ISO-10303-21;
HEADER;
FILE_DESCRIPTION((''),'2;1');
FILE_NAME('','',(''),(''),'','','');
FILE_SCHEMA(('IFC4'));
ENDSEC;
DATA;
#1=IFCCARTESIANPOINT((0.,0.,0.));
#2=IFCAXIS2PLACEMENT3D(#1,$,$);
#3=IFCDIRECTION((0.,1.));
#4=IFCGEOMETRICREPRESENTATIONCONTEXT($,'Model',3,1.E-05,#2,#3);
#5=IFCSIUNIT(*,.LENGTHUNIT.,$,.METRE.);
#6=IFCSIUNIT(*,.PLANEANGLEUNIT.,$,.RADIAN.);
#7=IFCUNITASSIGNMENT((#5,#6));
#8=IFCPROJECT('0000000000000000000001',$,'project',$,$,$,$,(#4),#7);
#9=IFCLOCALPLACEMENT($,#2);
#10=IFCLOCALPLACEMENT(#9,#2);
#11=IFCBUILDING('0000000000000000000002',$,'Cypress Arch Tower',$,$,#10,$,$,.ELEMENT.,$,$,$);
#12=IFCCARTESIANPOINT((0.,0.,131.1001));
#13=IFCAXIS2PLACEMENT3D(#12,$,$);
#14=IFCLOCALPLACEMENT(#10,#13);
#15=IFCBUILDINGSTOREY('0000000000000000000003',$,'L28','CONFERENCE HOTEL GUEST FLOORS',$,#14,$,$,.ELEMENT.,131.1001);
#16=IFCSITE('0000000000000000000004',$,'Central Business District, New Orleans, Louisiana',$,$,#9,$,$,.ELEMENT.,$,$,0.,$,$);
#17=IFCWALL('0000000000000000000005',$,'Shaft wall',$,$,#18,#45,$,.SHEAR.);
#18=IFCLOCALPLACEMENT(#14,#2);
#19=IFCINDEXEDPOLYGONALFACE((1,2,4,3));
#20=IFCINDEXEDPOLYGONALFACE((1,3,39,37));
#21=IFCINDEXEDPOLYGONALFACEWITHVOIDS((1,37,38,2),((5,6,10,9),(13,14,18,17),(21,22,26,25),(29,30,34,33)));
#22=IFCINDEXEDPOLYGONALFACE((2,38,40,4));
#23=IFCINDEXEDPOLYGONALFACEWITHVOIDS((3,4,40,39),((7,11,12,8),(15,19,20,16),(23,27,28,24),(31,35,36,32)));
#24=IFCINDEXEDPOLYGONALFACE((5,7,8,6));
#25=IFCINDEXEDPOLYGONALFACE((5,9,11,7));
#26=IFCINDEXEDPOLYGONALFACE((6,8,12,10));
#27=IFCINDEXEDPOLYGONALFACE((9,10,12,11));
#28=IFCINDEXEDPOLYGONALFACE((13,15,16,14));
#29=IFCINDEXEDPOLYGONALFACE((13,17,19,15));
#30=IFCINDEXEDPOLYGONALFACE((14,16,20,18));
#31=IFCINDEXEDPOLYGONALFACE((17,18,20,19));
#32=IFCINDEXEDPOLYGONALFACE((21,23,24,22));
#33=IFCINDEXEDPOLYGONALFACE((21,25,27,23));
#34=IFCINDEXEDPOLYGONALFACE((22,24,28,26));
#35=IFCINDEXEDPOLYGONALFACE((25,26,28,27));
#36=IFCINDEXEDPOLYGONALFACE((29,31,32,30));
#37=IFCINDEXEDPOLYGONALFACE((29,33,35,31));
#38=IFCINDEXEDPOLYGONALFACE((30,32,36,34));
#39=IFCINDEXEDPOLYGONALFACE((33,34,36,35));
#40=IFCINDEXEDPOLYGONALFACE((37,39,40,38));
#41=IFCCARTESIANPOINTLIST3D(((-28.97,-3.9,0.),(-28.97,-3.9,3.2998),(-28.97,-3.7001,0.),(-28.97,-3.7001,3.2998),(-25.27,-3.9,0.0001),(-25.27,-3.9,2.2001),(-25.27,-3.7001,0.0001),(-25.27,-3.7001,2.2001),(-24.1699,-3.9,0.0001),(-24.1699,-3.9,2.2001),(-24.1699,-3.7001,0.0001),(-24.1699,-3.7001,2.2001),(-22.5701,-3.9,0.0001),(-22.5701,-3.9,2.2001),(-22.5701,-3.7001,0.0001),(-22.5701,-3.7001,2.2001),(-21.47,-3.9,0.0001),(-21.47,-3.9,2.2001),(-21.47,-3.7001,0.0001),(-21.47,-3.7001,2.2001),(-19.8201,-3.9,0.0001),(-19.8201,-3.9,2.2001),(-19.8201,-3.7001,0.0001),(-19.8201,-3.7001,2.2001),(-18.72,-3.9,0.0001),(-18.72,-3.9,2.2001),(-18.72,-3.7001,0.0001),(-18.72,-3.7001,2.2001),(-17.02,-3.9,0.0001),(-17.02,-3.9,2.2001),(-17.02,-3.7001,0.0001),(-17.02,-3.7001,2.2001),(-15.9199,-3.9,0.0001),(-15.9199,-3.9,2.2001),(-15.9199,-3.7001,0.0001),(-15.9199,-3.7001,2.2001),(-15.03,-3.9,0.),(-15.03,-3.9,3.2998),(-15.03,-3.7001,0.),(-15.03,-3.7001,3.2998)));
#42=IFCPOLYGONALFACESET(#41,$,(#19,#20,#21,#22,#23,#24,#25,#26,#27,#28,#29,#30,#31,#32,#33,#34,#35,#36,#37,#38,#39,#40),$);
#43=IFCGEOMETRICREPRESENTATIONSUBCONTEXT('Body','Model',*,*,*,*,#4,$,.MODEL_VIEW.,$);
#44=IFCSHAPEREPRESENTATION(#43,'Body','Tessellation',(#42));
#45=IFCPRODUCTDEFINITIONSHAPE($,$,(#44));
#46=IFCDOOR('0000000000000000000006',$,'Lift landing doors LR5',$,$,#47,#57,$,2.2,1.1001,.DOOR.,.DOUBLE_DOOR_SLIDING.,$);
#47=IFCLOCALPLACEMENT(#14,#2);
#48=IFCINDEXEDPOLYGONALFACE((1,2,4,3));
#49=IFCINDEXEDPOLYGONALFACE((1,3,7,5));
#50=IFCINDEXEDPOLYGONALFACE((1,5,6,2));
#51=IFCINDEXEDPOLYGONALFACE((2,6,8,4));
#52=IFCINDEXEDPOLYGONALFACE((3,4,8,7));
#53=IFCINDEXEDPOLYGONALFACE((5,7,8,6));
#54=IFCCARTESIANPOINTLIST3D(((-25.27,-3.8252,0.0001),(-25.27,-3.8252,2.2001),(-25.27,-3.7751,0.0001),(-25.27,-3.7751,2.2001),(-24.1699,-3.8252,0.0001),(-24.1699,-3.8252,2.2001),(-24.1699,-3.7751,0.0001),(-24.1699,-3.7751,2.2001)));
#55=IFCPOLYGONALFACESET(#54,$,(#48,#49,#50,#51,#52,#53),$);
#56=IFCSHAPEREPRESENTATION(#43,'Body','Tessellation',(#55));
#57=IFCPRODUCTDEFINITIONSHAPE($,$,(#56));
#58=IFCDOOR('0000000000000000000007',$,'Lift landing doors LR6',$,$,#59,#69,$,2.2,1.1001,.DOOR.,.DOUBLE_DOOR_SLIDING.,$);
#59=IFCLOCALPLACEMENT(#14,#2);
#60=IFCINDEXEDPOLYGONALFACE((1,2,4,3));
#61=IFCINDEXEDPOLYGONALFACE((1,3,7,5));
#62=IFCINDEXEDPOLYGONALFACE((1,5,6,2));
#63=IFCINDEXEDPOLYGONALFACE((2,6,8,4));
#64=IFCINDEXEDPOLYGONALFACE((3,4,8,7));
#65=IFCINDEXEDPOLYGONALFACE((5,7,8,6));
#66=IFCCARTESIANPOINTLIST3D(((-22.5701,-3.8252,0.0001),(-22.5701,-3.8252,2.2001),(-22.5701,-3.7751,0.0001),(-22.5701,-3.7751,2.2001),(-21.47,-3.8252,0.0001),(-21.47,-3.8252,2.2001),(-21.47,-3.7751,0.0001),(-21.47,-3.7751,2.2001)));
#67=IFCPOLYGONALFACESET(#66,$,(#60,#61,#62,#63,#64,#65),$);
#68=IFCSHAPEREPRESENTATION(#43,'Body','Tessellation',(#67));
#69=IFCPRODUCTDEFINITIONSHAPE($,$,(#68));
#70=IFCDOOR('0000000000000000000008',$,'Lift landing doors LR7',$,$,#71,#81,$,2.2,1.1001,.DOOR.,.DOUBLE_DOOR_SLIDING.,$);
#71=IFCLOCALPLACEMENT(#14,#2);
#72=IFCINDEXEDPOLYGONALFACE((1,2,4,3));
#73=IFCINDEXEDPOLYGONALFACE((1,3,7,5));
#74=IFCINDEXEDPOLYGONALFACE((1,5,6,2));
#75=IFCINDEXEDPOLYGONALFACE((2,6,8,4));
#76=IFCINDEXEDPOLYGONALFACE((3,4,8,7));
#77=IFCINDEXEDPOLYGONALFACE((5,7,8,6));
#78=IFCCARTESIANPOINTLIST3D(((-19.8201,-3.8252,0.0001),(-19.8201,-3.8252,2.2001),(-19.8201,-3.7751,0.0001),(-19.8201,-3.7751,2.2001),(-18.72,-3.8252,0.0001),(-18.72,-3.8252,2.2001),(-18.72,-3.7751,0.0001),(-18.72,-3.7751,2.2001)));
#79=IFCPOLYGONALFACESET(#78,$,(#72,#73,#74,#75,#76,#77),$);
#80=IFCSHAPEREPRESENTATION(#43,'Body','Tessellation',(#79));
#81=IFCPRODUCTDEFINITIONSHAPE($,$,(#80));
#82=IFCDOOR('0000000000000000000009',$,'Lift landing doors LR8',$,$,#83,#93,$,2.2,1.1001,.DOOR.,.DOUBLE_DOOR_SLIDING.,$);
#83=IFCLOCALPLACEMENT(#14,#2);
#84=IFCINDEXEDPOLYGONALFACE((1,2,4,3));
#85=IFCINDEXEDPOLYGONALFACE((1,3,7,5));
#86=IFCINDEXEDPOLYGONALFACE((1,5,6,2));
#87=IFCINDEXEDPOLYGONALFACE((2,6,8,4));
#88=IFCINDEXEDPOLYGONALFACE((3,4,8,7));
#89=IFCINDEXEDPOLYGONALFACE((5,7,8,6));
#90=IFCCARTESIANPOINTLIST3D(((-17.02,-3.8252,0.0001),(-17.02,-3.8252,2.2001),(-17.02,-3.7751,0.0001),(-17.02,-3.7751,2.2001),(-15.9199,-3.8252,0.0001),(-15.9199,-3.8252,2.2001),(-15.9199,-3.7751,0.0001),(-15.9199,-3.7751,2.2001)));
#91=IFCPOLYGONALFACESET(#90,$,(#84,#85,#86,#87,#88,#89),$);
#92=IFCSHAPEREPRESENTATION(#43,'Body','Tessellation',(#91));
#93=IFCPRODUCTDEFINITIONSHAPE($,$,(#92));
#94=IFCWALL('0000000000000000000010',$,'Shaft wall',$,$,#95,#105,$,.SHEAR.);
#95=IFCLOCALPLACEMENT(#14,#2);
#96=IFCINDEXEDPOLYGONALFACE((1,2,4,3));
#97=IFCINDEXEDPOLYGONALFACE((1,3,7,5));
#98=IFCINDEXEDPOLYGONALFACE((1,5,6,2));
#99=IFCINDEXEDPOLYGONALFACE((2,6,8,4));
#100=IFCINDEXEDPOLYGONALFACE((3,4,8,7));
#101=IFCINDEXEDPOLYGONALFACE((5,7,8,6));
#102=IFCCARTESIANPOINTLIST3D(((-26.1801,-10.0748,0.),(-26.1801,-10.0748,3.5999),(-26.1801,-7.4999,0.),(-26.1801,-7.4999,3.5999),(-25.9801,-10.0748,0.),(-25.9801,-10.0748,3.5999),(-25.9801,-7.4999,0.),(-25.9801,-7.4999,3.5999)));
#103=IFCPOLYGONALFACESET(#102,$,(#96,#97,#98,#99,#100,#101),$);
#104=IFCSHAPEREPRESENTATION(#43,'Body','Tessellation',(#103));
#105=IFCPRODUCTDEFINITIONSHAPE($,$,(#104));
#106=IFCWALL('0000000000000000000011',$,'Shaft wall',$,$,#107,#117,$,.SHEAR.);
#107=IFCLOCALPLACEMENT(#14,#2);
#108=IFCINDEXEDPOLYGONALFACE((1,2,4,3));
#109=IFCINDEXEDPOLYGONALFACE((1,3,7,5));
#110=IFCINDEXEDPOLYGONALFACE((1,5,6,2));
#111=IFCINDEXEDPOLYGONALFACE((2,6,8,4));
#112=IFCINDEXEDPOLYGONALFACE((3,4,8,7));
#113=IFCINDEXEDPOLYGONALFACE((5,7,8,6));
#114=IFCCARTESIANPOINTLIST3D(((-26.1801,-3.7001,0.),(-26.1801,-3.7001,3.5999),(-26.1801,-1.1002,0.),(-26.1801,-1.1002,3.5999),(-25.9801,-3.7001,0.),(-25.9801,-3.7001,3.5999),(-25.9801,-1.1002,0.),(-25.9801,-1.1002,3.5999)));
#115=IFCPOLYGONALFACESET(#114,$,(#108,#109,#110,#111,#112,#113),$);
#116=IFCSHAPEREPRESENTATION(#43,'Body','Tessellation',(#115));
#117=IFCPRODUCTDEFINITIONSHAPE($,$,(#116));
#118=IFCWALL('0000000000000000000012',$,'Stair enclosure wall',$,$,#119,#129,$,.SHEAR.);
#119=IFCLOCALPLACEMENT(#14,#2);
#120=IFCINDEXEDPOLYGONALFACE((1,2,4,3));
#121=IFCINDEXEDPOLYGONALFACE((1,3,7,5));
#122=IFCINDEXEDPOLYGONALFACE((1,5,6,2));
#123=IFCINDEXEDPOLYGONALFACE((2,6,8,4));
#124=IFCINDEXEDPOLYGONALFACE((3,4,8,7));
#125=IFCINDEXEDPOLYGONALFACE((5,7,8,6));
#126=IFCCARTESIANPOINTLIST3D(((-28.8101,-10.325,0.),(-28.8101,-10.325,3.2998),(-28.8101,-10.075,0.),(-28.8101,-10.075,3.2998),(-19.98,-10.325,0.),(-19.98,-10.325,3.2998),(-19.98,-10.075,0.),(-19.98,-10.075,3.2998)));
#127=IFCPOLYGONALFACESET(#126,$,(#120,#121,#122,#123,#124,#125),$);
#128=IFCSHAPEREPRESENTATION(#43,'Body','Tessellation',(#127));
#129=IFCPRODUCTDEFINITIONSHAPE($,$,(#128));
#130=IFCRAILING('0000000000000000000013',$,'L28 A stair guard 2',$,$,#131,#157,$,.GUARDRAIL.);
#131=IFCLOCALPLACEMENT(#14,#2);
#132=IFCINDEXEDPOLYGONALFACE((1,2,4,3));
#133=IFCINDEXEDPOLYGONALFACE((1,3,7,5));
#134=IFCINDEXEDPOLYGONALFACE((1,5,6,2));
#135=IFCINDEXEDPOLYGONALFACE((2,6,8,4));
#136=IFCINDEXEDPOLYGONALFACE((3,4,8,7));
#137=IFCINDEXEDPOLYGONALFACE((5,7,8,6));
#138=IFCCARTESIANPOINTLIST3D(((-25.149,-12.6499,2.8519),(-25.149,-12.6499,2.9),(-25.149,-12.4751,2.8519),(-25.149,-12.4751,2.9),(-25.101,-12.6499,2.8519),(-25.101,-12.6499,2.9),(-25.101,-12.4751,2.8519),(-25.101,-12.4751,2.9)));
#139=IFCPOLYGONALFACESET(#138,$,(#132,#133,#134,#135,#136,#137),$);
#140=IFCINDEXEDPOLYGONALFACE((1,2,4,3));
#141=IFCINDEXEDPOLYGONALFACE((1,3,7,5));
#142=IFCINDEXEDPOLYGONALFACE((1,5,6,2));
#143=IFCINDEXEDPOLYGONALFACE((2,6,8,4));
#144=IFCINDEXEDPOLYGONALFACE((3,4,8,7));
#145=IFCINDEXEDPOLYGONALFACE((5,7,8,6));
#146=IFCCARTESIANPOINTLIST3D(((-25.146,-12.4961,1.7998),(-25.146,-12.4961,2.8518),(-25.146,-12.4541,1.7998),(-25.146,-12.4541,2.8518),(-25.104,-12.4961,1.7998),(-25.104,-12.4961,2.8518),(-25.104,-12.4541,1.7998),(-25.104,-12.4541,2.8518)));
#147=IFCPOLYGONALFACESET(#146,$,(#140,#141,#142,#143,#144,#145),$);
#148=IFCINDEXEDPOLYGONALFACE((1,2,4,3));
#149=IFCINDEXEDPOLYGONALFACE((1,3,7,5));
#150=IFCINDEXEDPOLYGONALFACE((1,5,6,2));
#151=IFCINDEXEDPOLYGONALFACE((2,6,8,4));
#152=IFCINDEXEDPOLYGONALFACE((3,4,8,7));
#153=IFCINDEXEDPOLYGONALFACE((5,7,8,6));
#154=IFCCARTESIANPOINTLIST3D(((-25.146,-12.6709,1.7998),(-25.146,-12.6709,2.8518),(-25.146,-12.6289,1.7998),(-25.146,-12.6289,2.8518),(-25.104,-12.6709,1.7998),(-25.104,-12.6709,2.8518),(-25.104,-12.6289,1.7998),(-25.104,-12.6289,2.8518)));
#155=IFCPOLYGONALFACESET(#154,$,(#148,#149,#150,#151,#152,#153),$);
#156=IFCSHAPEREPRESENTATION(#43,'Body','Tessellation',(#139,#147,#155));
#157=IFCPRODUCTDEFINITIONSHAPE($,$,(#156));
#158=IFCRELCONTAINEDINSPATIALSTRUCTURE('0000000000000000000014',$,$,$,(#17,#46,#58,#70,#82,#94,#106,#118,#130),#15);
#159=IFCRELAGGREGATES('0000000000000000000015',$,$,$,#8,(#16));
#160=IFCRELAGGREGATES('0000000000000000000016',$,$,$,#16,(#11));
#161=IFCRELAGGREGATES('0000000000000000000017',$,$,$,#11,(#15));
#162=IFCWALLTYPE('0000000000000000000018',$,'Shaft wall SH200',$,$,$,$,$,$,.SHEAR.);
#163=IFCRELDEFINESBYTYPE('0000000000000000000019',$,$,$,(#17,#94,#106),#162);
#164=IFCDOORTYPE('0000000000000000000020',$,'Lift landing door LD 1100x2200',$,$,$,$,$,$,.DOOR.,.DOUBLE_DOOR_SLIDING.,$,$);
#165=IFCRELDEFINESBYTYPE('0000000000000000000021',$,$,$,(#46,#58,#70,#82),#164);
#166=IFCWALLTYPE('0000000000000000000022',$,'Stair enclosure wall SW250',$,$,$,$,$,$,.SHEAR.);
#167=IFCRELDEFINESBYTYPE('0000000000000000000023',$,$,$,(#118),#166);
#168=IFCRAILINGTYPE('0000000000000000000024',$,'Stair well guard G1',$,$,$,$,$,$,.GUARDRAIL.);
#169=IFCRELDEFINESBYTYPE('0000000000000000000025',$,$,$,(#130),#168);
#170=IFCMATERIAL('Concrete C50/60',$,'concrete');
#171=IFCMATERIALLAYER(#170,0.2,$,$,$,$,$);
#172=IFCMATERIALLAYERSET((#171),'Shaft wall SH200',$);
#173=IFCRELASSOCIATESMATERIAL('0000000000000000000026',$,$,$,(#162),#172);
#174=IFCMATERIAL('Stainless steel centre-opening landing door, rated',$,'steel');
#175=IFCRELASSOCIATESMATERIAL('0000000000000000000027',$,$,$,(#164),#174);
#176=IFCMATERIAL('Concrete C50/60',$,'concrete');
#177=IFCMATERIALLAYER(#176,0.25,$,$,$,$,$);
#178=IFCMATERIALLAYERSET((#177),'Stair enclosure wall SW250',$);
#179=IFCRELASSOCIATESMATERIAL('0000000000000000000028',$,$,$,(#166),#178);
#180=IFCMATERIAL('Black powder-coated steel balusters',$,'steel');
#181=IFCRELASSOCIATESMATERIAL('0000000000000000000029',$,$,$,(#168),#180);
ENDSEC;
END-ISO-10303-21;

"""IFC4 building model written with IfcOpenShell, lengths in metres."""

from ifc_helpers import new_model, si_unit, direction, frame, frame_2d, origin, origin_2d, place, context, subcontext, project, spatial, rectangle, extrude, material, layer, layer_set, type_object, element, fill, save


model = new_model("IFC4")

# Units and contexts
model_context = context("Model", 3, precision=1e-05, world=origin(), true_north=direction((0.0, 1.0)))
body_context = subcontext(model_context, "Body", "Model", "MODEL_VIEW")
ifc_project = project(units=[si_unit("LENGTHUNIT", "METRE"), si_unit("PLANEANGLEUNIT", "RADIAN")], contexts=[model_context])

# Site, building, storey
site_placement = place(None, origin())
site = spatial("IfcSite", under=ifc_project, at=site_placement, Name="Central Business District, New Orleans, Louisiana", CompositionType="ELEMENT", RefElevation=0.0)
building_placement = place(site_placement, origin())
building = spatial("IfcBuilding", under=site, at=building_placement, Name="Cypress Arch Tower", CompositionType="ELEMENT")
storey_placement = place(building_placement, frame((0.0, 0.0, 131.1001)))
storey = spatial("IfcBuildingStorey", under=building, at=storey_placement, Name="L28", Description="CONFERENCE HOTEL GUEST FLOORS", CompositionType="ELEMENT", Elevation=131.1001)

# Wall, openings, doors
ifc_material_1 = material(Name="Concrete C50/60", Category="concrete")
ifc_layer_1 = layer(ifc_material_1, 0.2)
ifc_layer_set_1 = layer_set([ifc_layer_1], Name="Shaft wall SH200")
wall_type_1 = type_object("IfcWallType", Name="Shaft wall SH200", PredefinedType="SHEAR", material=ifc_layer_set_1)
ifc_material_2 = material(Name="Stainless steel centre-opening landing door, rated", Category="steel")
door_type_1 = type_object("IfcDoorType", Name="Lift landing door LD 1100x2200", OperationType="DOUBLE_DOOR_SLIDING", PredefinedType="DOOR", material=ifc_material_2)
wall_1_placement = place(storey_placement, frame((-28.97, -3.8, 0.0), z_axis=(0.0, 0.0, 1.0), x_axis=(1.0, 0.0, 0.0)))
wall_1 = element("IfcWall", 1, at=wall_1_placement, inside=storey, type_object=wall_type_1, Name="Shaft wall", PredefinedType="SHEAR", context=body_context, shape_type="SweptSolid", body=[
    extrude(rectangle(XDim=13.9399, YDim=0.2, at=frame_2d((6.97, 0.0))), origin(), (0.0, 0.0, 1.0), 3.2998),
])
opening_1_placement = place(wall_1_placement, frame((3.7, 0.0, 0.0)))
opening_1 = element("IfcOpeningElement", 2, at=opening_1_placement, cuts=wall_1, PredefinedType="OPENING", context=body_context, shape_type="SweptSolid", body=[
    extrude(rectangle(XDim=1.1001, YDim=2.2, at=frame_2d((0.55, 1.1001))), frame((0.0, 0.1099, 0.0), z_axis=(0.0, -1.0, 0.0), x_axis=(1.0, 0.0, 0.0)), (0.0, 0.0, 1.0), 0.22),
])
opening_2_placement = place(wall_1_placement, frame((6.3999, 0.0, 0.0)))
opening_2 = element("IfcOpeningElement", 3, at=opening_2_placement, cuts=wall_1, PredefinedType="OPENING", context=body_context, shape_type="SweptSolid", body=[
    extrude(rectangle(XDim=1.1001, YDim=2.2, at=frame_2d((0.55, 1.1001))), frame((0.0, 0.1099, 0.0), z_axis=(0.0, -1.0, 0.0), x_axis=(1.0, 0.0, 0.0)), (0.0, 0.0, 1.0), 0.22),
])
opening_3_placement = place(wall_1_placement, frame((9.1499, 0.0, 0.0)))
opening_3 = element("IfcOpeningElement", 4, at=opening_3_placement, cuts=wall_1, PredefinedType="OPENING", context=body_context, shape_type="SweptSolid", body=[
    extrude(rectangle(XDim=1.1001, YDim=2.2, at=frame_2d((0.55, 1.1001))), frame((0.0, 0.1099, 0.0), z_axis=(0.0, -1.0, 0.0), x_axis=(1.0, 0.0, 0.0)), (0.0, 0.0, 1.0), 0.22),
])
opening_4_placement = place(wall_1_placement, frame((11.95, 0.0, 0.0)))
opening_4 = element("IfcOpeningElement", 5, at=opening_4_placement, cuts=wall_1, PredefinedType="OPENING", context=body_context, shape_type="SweptSolid", body=[
    extrude(rectangle(XDim=1.1001, YDim=2.2, at=frame_2d((0.55, 1.1001))), frame((0.0, 0.1099, 0.0), z_axis=(0.0, -1.0, 0.0), x_axis=(1.0, 0.0, 0.0)), (0.0, 0.0, 1.0), 0.22),
])
door_1_placement = place(opening_1_placement, origin())
door_1 = element("IfcDoor", 6, at=door_1_placement, inside=storey, type_object=door_type_1, Name="Lift landing doors LR5", OperationType="DOUBLE_DOOR_SLIDING", OverallHeight=2.2, OverallWidth=1.1001, PredefinedType="DOOR", context=body_context, shape_type="SweptSolid", body=[
    extrude(rectangle(XDim=1.1001, YDim=2.2, at=frame_2d((0.55, 1.1001))), frame((0.0, 0.0249, 0.0), z_axis=(0.0, -1.0, 0.0), x_axis=(1.0, 0.0, 0.0)), (0.0, 0.0, 1.0), 0.05),
])
fill(opening_1, door_1)
door_2_placement = place(opening_2_placement, origin())
door_2 = element("IfcDoor", 7, at=door_2_placement, inside=storey, type_object=door_type_1, Name="Lift landing doors LR6", OperationType="DOUBLE_DOOR_SLIDING", OverallHeight=2.2, OverallWidth=1.1001, PredefinedType="DOOR", context=body_context, shape_type="SweptSolid", body=[
    extrude(rectangle(XDim=1.1001, YDim=2.2, at=frame_2d((0.55, 1.1001))), frame((0.0, 0.0249, 0.0), z_axis=(0.0, -1.0, 0.0), x_axis=(1.0, 0.0, 0.0)), (0.0, 0.0, 1.0), 0.05),
])
fill(opening_2, door_2)
door_3_placement = place(opening_3_placement, origin())
door_3 = element("IfcDoor", 8, at=door_3_placement, inside=storey, type_object=door_type_1, Name="Lift landing doors LR7", OperationType="DOUBLE_DOOR_SLIDING", OverallHeight=2.2, OverallWidth=1.1001, PredefinedType="DOOR", context=body_context, shape_type="SweptSolid", body=[
    extrude(rectangle(XDim=1.1001, YDim=2.2, at=frame_2d((0.55, 1.1001))), frame((0.0, 0.0249, 0.0), z_axis=(0.0, -1.0, 0.0), x_axis=(1.0, 0.0, 0.0)), (0.0, 0.0, 1.0), 0.05),
])
fill(opening_3, door_3)
door_4_placement = place(opening_4_placement, origin())
door_4 = element("IfcDoor", 9, at=door_4_placement, inside=storey, type_object=door_type_1, Name="Lift landing doors LR8", OperationType="DOUBLE_DOOR_SLIDING", OverallHeight=2.2, OverallWidth=1.1001, PredefinedType="DOOR", context=body_context, shape_type="SweptSolid", body=[
    extrude(rectangle(XDim=1.1001, YDim=2.2, at=frame_2d((0.55, 1.1001))), frame((0.0, 0.0249, 0.0), z_axis=(0.0, -1.0, 0.0), x_axis=(1.0, 0.0, 0.0)), (0.0, 0.0, 1.0), 0.05),
])
fill(opening_4, door_4)

# Walls
wall_2_placement = place(storey_placement, frame((-26.0801, -10.075, 0.0), z_axis=(0.0, 0.0, 1.0), x_axis=(0.0, 1.0, 0.0)))
element("IfcWall", 10, at=wall_2_placement, inside=storey, type_object=wall_type_1, Name="Shaft wall", PredefinedType="SHEAR", context=body_context, shape_type="SweptSolid", body=[
    extrude(rectangle(XDim=2.575, YDim=0.2, at=frame_2d((1.2876, 0.0))), origin(), (0.0, 0.0, 1.0), 3.5999),
])
wall_3_placement = place(storey_placement, frame((-26.0801, -3.7, 0.0), z_axis=(0.0, 0.0, 1.0), x_axis=(0.0, 1.0, 0.0)))
element("IfcWall", 11, at=wall_3_placement, inside=storey, type_object=wall_type_1, Name="Shaft wall", PredefinedType="SHEAR", context=body_context, shape_type="SweptSolid", body=[
    extrude(rectangle(XDim=2.5999, YDim=0.2, at=frame_2d((1.2998, 0.0))), origin(), (0.0, 0.0, 1.0), 3.5999),
])
ifc_material_3 = material(Name="Concrete C50/60", Category="concrete")
ifc_layer_2 = layer(ifc_material_3, 0.25)
ifc_layer_set_2 = layer_set([ifc_layer_2], Name="Stair enclosure wall SW250")
wall_type_2 = type_object("IfcWallType", Name="Stair enclosure wall SW250", PredefinedType="SHEAR", material=ifc_layer_set_2)
wall_4_placement = place(storey_placement, frame((-28.8101, -10.2, 0.0), z_axis=(0.0, 0.0, 1.0), x_axis=(1.0, 0.0, 0.0)))
element("IfcWall", 12, at=wall_4_placement, inside=storey, type_object=wall_type_2, Name="Stair enclosure wall", PredefinedType="SHEAR", context=body_context, shape_type="SweptSolid", body=[
    extrude(rectangle(XDim=8.8301, YDim=0.25, at=frame_2d((4.415, 0.0))), origin(), (0.0, 0.0, 1.0), 3.2998),
])

# Railing
ifc_material_4 = material(Name="Black powder-coated steel balusters", Category="steel")
railing_type = type_object("IfcRailingType", Name="Stair well guard G1", PredefinedType="GUARDRAIL", material=ifc_material_4)
railing_placement = place(storey_placement, frame((-25.125, -12.4751, 1.7998)))
element("IfcRailing", 13, at=railing_placement, inside=storey, type_object=railing_type, Name="L28 A stair guard 2", PredefinedType="GUARDRAIL", context=body_context, shape_type="SweptSolid", body=[
    extrude(rectangle(XDim=0.0481, YDim=0.0481, at=origin_2d()), frame((0.0, 0.0, 1.0762), z_axis=(0.0, -1.0, 0.0), x_axis=(1.0, 0.0, 0.0)), (0.0, 0.0, 1.0), 0.1748),
    extrude(rectangle(XDim=0.042, YDim=0.042, at=origin_2d()), origin(), (0.0, 0.0, 1.0), 1.052),
    extrude(rectangle(XDim=0.042, YDim=0.042, at=origin_2d()), frame((0.0, -0.1748, 0.0)), (0.0, 0.0, 1.0), 1.052),
])

save(model, "model.ifc")
